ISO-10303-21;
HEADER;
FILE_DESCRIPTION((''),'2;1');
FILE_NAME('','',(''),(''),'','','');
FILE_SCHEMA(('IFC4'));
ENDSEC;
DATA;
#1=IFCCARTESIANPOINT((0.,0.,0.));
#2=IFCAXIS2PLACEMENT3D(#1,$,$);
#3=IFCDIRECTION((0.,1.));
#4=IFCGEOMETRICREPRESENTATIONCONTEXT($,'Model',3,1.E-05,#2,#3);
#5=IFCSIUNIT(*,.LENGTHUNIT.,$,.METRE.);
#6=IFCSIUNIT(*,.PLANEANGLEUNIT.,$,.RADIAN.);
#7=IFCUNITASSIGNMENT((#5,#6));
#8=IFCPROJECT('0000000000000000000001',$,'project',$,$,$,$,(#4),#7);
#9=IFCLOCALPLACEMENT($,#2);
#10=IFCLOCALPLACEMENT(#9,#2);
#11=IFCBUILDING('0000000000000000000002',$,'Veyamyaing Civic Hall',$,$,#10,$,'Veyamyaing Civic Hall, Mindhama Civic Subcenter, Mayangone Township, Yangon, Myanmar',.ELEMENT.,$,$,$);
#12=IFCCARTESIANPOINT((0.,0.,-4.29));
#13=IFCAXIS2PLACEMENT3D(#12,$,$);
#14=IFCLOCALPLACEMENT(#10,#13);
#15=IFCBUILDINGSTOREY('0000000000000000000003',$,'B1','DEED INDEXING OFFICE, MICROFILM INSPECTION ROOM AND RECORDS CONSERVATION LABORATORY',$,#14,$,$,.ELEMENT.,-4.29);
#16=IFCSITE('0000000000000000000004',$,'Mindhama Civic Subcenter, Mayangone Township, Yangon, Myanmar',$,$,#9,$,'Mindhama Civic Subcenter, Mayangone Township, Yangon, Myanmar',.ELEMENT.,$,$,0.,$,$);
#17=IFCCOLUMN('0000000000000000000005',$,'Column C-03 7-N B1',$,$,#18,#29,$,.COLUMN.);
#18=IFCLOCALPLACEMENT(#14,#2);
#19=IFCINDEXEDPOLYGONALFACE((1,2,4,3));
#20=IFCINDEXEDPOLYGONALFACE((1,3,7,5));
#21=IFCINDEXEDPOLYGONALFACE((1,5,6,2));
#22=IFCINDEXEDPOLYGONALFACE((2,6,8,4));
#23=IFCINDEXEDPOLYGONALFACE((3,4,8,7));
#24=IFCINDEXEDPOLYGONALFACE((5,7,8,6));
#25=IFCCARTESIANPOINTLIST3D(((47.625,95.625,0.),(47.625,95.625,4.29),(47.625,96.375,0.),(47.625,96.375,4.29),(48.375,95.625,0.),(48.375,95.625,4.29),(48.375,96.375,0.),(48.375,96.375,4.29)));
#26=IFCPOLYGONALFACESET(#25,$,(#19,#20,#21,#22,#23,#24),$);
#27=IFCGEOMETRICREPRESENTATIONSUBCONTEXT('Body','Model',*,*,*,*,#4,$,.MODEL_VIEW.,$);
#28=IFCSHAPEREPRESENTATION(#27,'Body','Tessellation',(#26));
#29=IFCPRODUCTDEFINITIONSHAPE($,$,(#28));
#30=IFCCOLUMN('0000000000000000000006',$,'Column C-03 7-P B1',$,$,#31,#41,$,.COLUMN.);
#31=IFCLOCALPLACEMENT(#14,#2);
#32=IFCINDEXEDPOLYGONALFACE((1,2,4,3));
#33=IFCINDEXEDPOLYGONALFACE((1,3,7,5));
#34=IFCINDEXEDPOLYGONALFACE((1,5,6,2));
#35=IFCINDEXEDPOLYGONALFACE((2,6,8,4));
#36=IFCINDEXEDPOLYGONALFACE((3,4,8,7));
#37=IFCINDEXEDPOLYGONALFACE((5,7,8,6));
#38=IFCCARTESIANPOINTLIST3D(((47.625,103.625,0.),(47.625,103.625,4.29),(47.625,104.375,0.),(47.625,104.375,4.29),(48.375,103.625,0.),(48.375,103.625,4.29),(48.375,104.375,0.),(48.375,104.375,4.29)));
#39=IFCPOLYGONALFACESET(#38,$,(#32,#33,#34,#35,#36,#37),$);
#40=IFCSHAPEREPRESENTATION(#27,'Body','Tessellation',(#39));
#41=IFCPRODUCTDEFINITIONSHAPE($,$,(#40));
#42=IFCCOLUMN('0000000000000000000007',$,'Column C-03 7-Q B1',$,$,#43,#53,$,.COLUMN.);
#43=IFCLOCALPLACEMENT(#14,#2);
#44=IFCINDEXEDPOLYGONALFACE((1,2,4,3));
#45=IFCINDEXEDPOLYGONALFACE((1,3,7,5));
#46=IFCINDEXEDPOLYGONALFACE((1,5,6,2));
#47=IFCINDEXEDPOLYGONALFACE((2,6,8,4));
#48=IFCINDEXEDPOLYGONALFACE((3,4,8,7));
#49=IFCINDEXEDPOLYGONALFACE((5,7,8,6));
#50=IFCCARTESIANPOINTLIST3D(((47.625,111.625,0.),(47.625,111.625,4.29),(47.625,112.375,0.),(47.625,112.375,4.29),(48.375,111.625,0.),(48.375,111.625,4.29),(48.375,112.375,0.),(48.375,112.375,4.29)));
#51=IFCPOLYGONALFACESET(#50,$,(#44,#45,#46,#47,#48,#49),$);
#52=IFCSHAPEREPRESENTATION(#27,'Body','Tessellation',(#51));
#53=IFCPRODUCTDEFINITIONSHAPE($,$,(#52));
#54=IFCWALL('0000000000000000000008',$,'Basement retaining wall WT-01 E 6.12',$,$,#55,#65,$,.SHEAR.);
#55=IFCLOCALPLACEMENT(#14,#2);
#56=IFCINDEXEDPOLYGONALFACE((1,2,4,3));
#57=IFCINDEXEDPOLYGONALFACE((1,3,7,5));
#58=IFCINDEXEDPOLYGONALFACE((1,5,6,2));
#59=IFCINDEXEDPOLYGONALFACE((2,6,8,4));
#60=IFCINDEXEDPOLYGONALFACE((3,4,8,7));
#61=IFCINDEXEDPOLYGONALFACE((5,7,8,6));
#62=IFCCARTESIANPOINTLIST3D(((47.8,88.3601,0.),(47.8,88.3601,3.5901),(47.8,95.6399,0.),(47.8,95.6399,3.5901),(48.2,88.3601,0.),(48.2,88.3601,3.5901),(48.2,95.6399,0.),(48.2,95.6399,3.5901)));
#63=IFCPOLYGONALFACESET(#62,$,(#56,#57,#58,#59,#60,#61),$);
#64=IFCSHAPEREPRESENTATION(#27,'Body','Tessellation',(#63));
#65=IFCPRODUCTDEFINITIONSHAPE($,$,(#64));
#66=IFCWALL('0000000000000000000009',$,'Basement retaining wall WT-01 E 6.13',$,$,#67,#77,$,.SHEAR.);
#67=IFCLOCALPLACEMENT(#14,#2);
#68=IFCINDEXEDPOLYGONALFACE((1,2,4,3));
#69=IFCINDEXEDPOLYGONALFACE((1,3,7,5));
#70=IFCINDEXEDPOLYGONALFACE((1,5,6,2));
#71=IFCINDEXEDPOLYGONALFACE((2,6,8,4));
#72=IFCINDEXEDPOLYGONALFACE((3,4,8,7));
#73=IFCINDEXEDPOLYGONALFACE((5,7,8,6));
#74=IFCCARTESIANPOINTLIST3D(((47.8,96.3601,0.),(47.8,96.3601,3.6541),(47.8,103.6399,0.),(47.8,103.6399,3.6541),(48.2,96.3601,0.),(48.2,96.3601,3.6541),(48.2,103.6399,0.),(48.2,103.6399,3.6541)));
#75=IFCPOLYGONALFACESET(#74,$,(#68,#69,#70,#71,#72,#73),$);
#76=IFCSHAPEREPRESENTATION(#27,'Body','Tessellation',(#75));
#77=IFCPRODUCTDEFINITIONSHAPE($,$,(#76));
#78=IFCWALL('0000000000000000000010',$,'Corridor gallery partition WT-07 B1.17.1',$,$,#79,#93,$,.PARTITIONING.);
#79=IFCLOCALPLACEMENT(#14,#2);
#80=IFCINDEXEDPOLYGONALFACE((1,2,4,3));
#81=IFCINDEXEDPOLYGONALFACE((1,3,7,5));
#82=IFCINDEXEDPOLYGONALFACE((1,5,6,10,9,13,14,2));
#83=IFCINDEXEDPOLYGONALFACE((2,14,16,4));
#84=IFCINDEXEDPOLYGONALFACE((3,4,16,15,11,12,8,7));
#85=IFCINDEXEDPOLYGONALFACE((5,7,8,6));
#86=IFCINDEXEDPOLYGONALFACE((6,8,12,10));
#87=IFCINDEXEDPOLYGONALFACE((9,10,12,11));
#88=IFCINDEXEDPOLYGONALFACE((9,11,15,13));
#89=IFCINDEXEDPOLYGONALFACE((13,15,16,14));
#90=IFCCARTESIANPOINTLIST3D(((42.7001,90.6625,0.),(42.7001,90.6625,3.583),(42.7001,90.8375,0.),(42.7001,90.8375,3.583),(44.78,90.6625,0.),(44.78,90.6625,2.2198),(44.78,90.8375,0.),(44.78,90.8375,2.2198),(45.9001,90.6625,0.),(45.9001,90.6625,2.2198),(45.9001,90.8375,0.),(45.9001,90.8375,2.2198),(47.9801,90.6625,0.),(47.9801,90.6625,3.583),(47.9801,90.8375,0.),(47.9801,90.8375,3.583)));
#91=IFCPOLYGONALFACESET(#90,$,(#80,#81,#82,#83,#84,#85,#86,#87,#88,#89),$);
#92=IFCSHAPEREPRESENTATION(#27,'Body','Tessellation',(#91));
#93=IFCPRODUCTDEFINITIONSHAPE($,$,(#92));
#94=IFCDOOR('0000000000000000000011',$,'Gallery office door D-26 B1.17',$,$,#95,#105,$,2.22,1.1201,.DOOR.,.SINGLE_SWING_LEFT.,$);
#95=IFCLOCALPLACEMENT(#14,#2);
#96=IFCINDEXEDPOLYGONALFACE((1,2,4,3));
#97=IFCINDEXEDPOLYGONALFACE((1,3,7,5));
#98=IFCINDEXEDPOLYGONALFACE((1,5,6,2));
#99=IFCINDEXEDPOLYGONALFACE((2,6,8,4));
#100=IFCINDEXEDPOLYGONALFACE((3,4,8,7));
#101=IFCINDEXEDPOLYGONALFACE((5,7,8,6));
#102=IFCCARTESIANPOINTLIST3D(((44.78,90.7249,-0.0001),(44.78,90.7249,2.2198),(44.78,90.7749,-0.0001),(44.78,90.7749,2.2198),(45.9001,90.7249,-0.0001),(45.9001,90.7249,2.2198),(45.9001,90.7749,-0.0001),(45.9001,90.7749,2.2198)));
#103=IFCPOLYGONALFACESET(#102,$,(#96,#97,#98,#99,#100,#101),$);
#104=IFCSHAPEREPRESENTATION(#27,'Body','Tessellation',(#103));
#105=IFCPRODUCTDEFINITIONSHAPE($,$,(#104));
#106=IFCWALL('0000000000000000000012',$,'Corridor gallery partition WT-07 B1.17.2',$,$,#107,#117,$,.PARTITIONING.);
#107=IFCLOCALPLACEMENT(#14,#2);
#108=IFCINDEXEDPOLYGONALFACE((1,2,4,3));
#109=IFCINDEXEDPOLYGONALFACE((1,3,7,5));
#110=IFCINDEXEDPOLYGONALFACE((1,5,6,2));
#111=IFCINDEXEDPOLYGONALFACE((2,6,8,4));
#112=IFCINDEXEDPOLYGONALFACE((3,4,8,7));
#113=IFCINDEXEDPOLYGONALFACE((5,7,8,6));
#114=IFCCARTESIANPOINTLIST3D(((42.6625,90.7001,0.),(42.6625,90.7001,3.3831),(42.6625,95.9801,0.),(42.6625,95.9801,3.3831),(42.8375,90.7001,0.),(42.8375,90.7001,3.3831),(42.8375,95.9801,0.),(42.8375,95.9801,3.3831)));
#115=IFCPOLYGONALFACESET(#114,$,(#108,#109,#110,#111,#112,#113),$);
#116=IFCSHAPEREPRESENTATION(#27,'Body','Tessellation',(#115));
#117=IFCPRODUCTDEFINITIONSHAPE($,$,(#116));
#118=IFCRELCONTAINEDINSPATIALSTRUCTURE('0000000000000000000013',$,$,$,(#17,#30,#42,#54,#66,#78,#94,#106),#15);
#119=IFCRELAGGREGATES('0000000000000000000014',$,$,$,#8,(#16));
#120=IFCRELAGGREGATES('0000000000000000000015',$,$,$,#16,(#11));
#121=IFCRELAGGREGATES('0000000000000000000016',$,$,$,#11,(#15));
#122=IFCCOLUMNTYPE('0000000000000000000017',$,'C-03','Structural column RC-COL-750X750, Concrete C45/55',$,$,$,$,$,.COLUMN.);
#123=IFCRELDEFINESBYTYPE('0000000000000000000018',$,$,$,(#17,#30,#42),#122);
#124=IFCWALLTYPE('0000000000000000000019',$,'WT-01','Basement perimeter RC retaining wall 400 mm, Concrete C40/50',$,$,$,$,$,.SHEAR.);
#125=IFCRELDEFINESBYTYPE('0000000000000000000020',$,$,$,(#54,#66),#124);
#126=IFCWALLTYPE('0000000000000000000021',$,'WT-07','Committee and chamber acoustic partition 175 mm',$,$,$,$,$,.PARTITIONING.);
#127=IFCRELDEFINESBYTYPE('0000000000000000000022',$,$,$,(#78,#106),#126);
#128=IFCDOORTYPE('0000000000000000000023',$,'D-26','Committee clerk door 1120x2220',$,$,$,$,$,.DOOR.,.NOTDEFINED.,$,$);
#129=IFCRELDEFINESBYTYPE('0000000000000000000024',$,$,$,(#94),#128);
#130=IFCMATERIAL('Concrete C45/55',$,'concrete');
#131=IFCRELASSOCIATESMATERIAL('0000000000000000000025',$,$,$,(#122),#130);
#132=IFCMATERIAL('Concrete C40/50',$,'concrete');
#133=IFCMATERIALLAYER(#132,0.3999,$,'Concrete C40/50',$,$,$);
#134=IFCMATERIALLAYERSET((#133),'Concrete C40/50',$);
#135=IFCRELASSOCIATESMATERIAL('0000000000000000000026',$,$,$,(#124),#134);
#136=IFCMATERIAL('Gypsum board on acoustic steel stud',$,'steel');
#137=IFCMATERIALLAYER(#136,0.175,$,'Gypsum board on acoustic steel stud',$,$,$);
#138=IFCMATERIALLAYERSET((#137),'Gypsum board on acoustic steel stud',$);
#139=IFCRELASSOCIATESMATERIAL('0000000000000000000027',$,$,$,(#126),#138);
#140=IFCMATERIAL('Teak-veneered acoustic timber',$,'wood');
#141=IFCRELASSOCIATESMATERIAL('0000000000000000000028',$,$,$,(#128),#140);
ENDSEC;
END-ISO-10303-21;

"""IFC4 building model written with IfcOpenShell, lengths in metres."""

from ifc_helpers import new_model, si_unit, direction, frame, frame_2d, origin, origin_2d, place, context, subcontext, project, spatial, rectangle, extrude, material, layer, layer_set, material_profile, profile_set, type_object, element, fill, save


model = new_model("IFC4")

# Units and contexts
model_context = context("Model", 3, precision=1e-05, world=origin(), true_north=direction((0.0, 1.0)))
body_context = subcontext(model_context, "Body", "Model", "MODEL_VIEW")
ifc_project = project(units=[si_unit("LENGTHUNIT", "METRE"), si_unit("PLANEANGLEUNIT", "RADIAN")], contexts=[model_context])

# Site, building, storey
site_placement = place(None, origin())
site = spatial("IfcSite", under=ifc_project, at=site_placement, Name="Mindhama Civic Subcenter, Mayangone Township, Yangon, Myanmar", LongName="Mindhama Civic Subcenter, Mayangone Township, Yangon, Myanmar", CompositionType="ELEMENT", RefElevation=0.0)
building_placement = place(site_placement, origin())
building = spatial("IfcBuilding", under=site, at=building_placement, Name="Veyamyaing Civic Hall", LongName="Veyamyaing Civic Hall, Mindhama Civic Subcenter, Mayangone Township, Yangon, Myanmar", CompositionType="ELEMENT")
storey_placement = place(building_placement, frame((0.0, 0.0, -4.29)))
storey = spatial("IfcBuildingStorey", under=building, at=storey_placement, Name="B1", Description="DEED INDEXING OFFICE, MICROFILM INSPECTION ROOM AND RECORDS CONSERVATION LABORATORY", CompositionType="ELEMENT", Elevation=-4.29)

# Shared definitions
ifc_material_1 = material(Name="Concrete C40/50", Category="concrete")

# Columns
ifc_material_2 = material(Name="Concrete C45/55", Category="concrete")
ifc_material_profile_1 = material_profile(ifc_material_2, rectangle(XDim=0.75, YDim=0.75, at=origin_2d()), Name="RC-COL-750X750")
ifc_profile_set_1 = profile_set([ifc_material_profile_1], Name="Concrete C45/55")
column_type = type_object("IfcColumnType", Name="C-03", Description="Structural column RC-COL-750X750, Concrete C45/55", PredefinedType="COLUMN", material=ifc_profile_set_1)
for number, where, z_axis, x_axis, name in (
    (1, (48.0, 96.0, 0.0), (0.0, 0.0, 1.0), (1.0, 0.0, 0.0), "Column C-03 7-N B1"),
    (2, (48.0, 104.0, 0.0), (0.0, 0.0, 1.0), (1.0, 0.0, 0.0), "Column C-03 7-P B1"),
    (3, (48.0, 112.0, 0.0), (0.0, 0.0, 1.0), (1.0, 0.0, 0.0), "Column C-03 7-Q B1"),
):
    element("IfcColumn", number, at=place(storey_placement, frame(where, z_axis=z_axis, x_axis=x_axis)), inside=storey, type_object=column_type, Name=name, PredefinedType="COLUMN", context=body_context, shape_type="SweptSolid", body=[
        extrude(rectangle(XDim=0.75, YDim=0.75, at=origin_2d()), origin(), (0.0, 0.0, 1.0), 4.29),
    ])

# Walls
ifc_layer_1 = layer(ifc_material_1, 0.3999, Name="Concrete C40/50")
ifc_layer_set_1 = layer_set([ifc_layer_1], Name="Concrete C40/50")
wall_type_1 = type_object("IfcWallType", Name="WT-01", Description="Basement perimeter RC retaining wall 400 mm, Concrete C40/50", PredefinedType="SHEAR", material=ifc_layer_set_1)
wall_1_placement = place(storey_placement, frame((48.0, 88.3601, 0.0), z_axis=(0.0, 0.0, 1.0), x_axis=(0.0, 1.0, 0.0)))
element("IfcWall", 4, at=wall_1_placement, inside=storey, type_object=wall_type_1, Name="Basement retaining wall WT-01 E 6.12", PredefinedType="SHEAR", context=body_context, shape_type="SweptSolid", body=[
    extrude(rectangle(XDim=7.2798, YDim=0.3999, at=frame_2d((3.6399, 0.0))), origin(), (0.0, 0.0, 1.0), 3.5901),
])
wall_2_placement = place(storey_placement, frame((48.0, 96.3601, 0.0), z_axis=(0.0, 0.0, 1.0), x_axis=(0.0, 1.0, 0.0)))
element("IfcWall", 5, at=wall_2_placement, inside=storey, type_object=wall_type_1, Name="Basement retaining wall WT-01 E 6.13", PredefinedType="SHEAR", context=body_context, shape_type="SweptSolid", body=[
    extrude(rectangle(XDim=7.2798, YDim=0.3999, at=frame_2d((3.6399, 0.0))), origin(), (0.0, 0.0, 1.0), 3.6541),
])

# Wall, opening, door
ifc_material_3 = material(Name="Gypsum board on acoustic steel stud", Category="steel")
ifc_layer_2 = layer(ifc_material_3, 0.175, Name="Gypsum board on acoustic steel stud")
ifc_layer_set_2 = layer_set([ifc_layer_2], Name="Gypsum board on acoustic steel stud")
wall_type_2 = type_object("IfcWallType", Name="WT-07", Description="Committee and chamber acoustic partition 175 mm", PredefinedType="PARTITIONING", material=ifc_layer_set_2)
wall_3_placement = place(storey_placement, frame((42.7, 90.75, 0.0), z_axis=(0.0, 0.0, 1.0), x_axis=(1.0, 0.0, 0.0)))
wall_3 = element("IfcWall", 6, at=wall_3_placement, inside=storey, type_object=wall_type_2, Name="Corridor gallery partition WT-07 B1.17.1", PredefinedType="PARTITIONING", context=body_context, shape_type="SweptSolid", body=[
    extrude(rectangle(XDim=5.28, YDim=0.175, at=frame_2d((2.6401, 0.0))), origin(), (0.0, 0.0, 1.0), 3.583),
])
opening_placement = place(wall_3_placement, frame((2.0801, 0.0, 0.0)))
opening = element("IfcOpeningElement", 7, at=opening_placement, cuts=wall_3, PredefinedType="OPENING", context=body_context, shape_type="SweptSolid", body=[
    extrude(rectangle(XDim=1.1201, YDim=2.22, at=frame_2d((0.5601, 1.1099))), frame((0.0, 0.0974, 0.0), z_axis=(0.0, -1.0, 0.0), x_axis=(1.0, 0.0, 0.0)), (0.0, 0.0, 1.0), 0.1951),
])
ifc_material_4 = material(Name="Teak-veneered acoustic timber", Category="wood")
door_type = type_object("IfcDoorType", Name="D-26", Description="Committee clerk door 1120x2220", OperationType="NOTDEFINED", PredefinedType="DOOR", material=ifc_material_4)
door_placement = place(opening_placement, origin())
door = element("IfcDoor", 8, at=door_placement, inside=storey, type_object=door_type, Name="Gallery office door D-26 B1.17", OperationType="SINGLE_SWING_LEFT", OverallHeight=2.22, OverallWidth=1.1201, PredefinedType="DOOR", context=body_context, shape_type="SweptSolid", body=[
    extrude(rectangle(XDim=1.1201, YDim=2.22, at=frame_2d((0.5601, 1.1099))), frame((0.0, 0.0249, 0.0), z_axis=(0.0, -1.0, 0.0), x_axis=(1.0, 0.0, 0.0)), (0.0, 0.0, 1.0), 0.05),
])
fill(opening, door)

# Wall
wall_4_placement = place(storey_placement, frame((42.75, 90.7, 0.0), z_axis=(0.0, 0.0, 1.0), x_axis=(0.0, 1.0, 0.0)))
element("IfcWall", 9, at=wall_4_placement, inside=storey, type_object=wall_type_2, Name="Corridor gallery partition WT-07 B1.17.2", PredefinedType="PARTITIONING", context=body_context, shape_type="SweptSolid", body=[
    extrude(rectangle(XDim=5.28, YDim=0.175, at=frame_2d((2.6401, 0.0))), origin(), (0.0, 0.0, 1.0), 3.3831),
])

save(model, "model.ifc")
